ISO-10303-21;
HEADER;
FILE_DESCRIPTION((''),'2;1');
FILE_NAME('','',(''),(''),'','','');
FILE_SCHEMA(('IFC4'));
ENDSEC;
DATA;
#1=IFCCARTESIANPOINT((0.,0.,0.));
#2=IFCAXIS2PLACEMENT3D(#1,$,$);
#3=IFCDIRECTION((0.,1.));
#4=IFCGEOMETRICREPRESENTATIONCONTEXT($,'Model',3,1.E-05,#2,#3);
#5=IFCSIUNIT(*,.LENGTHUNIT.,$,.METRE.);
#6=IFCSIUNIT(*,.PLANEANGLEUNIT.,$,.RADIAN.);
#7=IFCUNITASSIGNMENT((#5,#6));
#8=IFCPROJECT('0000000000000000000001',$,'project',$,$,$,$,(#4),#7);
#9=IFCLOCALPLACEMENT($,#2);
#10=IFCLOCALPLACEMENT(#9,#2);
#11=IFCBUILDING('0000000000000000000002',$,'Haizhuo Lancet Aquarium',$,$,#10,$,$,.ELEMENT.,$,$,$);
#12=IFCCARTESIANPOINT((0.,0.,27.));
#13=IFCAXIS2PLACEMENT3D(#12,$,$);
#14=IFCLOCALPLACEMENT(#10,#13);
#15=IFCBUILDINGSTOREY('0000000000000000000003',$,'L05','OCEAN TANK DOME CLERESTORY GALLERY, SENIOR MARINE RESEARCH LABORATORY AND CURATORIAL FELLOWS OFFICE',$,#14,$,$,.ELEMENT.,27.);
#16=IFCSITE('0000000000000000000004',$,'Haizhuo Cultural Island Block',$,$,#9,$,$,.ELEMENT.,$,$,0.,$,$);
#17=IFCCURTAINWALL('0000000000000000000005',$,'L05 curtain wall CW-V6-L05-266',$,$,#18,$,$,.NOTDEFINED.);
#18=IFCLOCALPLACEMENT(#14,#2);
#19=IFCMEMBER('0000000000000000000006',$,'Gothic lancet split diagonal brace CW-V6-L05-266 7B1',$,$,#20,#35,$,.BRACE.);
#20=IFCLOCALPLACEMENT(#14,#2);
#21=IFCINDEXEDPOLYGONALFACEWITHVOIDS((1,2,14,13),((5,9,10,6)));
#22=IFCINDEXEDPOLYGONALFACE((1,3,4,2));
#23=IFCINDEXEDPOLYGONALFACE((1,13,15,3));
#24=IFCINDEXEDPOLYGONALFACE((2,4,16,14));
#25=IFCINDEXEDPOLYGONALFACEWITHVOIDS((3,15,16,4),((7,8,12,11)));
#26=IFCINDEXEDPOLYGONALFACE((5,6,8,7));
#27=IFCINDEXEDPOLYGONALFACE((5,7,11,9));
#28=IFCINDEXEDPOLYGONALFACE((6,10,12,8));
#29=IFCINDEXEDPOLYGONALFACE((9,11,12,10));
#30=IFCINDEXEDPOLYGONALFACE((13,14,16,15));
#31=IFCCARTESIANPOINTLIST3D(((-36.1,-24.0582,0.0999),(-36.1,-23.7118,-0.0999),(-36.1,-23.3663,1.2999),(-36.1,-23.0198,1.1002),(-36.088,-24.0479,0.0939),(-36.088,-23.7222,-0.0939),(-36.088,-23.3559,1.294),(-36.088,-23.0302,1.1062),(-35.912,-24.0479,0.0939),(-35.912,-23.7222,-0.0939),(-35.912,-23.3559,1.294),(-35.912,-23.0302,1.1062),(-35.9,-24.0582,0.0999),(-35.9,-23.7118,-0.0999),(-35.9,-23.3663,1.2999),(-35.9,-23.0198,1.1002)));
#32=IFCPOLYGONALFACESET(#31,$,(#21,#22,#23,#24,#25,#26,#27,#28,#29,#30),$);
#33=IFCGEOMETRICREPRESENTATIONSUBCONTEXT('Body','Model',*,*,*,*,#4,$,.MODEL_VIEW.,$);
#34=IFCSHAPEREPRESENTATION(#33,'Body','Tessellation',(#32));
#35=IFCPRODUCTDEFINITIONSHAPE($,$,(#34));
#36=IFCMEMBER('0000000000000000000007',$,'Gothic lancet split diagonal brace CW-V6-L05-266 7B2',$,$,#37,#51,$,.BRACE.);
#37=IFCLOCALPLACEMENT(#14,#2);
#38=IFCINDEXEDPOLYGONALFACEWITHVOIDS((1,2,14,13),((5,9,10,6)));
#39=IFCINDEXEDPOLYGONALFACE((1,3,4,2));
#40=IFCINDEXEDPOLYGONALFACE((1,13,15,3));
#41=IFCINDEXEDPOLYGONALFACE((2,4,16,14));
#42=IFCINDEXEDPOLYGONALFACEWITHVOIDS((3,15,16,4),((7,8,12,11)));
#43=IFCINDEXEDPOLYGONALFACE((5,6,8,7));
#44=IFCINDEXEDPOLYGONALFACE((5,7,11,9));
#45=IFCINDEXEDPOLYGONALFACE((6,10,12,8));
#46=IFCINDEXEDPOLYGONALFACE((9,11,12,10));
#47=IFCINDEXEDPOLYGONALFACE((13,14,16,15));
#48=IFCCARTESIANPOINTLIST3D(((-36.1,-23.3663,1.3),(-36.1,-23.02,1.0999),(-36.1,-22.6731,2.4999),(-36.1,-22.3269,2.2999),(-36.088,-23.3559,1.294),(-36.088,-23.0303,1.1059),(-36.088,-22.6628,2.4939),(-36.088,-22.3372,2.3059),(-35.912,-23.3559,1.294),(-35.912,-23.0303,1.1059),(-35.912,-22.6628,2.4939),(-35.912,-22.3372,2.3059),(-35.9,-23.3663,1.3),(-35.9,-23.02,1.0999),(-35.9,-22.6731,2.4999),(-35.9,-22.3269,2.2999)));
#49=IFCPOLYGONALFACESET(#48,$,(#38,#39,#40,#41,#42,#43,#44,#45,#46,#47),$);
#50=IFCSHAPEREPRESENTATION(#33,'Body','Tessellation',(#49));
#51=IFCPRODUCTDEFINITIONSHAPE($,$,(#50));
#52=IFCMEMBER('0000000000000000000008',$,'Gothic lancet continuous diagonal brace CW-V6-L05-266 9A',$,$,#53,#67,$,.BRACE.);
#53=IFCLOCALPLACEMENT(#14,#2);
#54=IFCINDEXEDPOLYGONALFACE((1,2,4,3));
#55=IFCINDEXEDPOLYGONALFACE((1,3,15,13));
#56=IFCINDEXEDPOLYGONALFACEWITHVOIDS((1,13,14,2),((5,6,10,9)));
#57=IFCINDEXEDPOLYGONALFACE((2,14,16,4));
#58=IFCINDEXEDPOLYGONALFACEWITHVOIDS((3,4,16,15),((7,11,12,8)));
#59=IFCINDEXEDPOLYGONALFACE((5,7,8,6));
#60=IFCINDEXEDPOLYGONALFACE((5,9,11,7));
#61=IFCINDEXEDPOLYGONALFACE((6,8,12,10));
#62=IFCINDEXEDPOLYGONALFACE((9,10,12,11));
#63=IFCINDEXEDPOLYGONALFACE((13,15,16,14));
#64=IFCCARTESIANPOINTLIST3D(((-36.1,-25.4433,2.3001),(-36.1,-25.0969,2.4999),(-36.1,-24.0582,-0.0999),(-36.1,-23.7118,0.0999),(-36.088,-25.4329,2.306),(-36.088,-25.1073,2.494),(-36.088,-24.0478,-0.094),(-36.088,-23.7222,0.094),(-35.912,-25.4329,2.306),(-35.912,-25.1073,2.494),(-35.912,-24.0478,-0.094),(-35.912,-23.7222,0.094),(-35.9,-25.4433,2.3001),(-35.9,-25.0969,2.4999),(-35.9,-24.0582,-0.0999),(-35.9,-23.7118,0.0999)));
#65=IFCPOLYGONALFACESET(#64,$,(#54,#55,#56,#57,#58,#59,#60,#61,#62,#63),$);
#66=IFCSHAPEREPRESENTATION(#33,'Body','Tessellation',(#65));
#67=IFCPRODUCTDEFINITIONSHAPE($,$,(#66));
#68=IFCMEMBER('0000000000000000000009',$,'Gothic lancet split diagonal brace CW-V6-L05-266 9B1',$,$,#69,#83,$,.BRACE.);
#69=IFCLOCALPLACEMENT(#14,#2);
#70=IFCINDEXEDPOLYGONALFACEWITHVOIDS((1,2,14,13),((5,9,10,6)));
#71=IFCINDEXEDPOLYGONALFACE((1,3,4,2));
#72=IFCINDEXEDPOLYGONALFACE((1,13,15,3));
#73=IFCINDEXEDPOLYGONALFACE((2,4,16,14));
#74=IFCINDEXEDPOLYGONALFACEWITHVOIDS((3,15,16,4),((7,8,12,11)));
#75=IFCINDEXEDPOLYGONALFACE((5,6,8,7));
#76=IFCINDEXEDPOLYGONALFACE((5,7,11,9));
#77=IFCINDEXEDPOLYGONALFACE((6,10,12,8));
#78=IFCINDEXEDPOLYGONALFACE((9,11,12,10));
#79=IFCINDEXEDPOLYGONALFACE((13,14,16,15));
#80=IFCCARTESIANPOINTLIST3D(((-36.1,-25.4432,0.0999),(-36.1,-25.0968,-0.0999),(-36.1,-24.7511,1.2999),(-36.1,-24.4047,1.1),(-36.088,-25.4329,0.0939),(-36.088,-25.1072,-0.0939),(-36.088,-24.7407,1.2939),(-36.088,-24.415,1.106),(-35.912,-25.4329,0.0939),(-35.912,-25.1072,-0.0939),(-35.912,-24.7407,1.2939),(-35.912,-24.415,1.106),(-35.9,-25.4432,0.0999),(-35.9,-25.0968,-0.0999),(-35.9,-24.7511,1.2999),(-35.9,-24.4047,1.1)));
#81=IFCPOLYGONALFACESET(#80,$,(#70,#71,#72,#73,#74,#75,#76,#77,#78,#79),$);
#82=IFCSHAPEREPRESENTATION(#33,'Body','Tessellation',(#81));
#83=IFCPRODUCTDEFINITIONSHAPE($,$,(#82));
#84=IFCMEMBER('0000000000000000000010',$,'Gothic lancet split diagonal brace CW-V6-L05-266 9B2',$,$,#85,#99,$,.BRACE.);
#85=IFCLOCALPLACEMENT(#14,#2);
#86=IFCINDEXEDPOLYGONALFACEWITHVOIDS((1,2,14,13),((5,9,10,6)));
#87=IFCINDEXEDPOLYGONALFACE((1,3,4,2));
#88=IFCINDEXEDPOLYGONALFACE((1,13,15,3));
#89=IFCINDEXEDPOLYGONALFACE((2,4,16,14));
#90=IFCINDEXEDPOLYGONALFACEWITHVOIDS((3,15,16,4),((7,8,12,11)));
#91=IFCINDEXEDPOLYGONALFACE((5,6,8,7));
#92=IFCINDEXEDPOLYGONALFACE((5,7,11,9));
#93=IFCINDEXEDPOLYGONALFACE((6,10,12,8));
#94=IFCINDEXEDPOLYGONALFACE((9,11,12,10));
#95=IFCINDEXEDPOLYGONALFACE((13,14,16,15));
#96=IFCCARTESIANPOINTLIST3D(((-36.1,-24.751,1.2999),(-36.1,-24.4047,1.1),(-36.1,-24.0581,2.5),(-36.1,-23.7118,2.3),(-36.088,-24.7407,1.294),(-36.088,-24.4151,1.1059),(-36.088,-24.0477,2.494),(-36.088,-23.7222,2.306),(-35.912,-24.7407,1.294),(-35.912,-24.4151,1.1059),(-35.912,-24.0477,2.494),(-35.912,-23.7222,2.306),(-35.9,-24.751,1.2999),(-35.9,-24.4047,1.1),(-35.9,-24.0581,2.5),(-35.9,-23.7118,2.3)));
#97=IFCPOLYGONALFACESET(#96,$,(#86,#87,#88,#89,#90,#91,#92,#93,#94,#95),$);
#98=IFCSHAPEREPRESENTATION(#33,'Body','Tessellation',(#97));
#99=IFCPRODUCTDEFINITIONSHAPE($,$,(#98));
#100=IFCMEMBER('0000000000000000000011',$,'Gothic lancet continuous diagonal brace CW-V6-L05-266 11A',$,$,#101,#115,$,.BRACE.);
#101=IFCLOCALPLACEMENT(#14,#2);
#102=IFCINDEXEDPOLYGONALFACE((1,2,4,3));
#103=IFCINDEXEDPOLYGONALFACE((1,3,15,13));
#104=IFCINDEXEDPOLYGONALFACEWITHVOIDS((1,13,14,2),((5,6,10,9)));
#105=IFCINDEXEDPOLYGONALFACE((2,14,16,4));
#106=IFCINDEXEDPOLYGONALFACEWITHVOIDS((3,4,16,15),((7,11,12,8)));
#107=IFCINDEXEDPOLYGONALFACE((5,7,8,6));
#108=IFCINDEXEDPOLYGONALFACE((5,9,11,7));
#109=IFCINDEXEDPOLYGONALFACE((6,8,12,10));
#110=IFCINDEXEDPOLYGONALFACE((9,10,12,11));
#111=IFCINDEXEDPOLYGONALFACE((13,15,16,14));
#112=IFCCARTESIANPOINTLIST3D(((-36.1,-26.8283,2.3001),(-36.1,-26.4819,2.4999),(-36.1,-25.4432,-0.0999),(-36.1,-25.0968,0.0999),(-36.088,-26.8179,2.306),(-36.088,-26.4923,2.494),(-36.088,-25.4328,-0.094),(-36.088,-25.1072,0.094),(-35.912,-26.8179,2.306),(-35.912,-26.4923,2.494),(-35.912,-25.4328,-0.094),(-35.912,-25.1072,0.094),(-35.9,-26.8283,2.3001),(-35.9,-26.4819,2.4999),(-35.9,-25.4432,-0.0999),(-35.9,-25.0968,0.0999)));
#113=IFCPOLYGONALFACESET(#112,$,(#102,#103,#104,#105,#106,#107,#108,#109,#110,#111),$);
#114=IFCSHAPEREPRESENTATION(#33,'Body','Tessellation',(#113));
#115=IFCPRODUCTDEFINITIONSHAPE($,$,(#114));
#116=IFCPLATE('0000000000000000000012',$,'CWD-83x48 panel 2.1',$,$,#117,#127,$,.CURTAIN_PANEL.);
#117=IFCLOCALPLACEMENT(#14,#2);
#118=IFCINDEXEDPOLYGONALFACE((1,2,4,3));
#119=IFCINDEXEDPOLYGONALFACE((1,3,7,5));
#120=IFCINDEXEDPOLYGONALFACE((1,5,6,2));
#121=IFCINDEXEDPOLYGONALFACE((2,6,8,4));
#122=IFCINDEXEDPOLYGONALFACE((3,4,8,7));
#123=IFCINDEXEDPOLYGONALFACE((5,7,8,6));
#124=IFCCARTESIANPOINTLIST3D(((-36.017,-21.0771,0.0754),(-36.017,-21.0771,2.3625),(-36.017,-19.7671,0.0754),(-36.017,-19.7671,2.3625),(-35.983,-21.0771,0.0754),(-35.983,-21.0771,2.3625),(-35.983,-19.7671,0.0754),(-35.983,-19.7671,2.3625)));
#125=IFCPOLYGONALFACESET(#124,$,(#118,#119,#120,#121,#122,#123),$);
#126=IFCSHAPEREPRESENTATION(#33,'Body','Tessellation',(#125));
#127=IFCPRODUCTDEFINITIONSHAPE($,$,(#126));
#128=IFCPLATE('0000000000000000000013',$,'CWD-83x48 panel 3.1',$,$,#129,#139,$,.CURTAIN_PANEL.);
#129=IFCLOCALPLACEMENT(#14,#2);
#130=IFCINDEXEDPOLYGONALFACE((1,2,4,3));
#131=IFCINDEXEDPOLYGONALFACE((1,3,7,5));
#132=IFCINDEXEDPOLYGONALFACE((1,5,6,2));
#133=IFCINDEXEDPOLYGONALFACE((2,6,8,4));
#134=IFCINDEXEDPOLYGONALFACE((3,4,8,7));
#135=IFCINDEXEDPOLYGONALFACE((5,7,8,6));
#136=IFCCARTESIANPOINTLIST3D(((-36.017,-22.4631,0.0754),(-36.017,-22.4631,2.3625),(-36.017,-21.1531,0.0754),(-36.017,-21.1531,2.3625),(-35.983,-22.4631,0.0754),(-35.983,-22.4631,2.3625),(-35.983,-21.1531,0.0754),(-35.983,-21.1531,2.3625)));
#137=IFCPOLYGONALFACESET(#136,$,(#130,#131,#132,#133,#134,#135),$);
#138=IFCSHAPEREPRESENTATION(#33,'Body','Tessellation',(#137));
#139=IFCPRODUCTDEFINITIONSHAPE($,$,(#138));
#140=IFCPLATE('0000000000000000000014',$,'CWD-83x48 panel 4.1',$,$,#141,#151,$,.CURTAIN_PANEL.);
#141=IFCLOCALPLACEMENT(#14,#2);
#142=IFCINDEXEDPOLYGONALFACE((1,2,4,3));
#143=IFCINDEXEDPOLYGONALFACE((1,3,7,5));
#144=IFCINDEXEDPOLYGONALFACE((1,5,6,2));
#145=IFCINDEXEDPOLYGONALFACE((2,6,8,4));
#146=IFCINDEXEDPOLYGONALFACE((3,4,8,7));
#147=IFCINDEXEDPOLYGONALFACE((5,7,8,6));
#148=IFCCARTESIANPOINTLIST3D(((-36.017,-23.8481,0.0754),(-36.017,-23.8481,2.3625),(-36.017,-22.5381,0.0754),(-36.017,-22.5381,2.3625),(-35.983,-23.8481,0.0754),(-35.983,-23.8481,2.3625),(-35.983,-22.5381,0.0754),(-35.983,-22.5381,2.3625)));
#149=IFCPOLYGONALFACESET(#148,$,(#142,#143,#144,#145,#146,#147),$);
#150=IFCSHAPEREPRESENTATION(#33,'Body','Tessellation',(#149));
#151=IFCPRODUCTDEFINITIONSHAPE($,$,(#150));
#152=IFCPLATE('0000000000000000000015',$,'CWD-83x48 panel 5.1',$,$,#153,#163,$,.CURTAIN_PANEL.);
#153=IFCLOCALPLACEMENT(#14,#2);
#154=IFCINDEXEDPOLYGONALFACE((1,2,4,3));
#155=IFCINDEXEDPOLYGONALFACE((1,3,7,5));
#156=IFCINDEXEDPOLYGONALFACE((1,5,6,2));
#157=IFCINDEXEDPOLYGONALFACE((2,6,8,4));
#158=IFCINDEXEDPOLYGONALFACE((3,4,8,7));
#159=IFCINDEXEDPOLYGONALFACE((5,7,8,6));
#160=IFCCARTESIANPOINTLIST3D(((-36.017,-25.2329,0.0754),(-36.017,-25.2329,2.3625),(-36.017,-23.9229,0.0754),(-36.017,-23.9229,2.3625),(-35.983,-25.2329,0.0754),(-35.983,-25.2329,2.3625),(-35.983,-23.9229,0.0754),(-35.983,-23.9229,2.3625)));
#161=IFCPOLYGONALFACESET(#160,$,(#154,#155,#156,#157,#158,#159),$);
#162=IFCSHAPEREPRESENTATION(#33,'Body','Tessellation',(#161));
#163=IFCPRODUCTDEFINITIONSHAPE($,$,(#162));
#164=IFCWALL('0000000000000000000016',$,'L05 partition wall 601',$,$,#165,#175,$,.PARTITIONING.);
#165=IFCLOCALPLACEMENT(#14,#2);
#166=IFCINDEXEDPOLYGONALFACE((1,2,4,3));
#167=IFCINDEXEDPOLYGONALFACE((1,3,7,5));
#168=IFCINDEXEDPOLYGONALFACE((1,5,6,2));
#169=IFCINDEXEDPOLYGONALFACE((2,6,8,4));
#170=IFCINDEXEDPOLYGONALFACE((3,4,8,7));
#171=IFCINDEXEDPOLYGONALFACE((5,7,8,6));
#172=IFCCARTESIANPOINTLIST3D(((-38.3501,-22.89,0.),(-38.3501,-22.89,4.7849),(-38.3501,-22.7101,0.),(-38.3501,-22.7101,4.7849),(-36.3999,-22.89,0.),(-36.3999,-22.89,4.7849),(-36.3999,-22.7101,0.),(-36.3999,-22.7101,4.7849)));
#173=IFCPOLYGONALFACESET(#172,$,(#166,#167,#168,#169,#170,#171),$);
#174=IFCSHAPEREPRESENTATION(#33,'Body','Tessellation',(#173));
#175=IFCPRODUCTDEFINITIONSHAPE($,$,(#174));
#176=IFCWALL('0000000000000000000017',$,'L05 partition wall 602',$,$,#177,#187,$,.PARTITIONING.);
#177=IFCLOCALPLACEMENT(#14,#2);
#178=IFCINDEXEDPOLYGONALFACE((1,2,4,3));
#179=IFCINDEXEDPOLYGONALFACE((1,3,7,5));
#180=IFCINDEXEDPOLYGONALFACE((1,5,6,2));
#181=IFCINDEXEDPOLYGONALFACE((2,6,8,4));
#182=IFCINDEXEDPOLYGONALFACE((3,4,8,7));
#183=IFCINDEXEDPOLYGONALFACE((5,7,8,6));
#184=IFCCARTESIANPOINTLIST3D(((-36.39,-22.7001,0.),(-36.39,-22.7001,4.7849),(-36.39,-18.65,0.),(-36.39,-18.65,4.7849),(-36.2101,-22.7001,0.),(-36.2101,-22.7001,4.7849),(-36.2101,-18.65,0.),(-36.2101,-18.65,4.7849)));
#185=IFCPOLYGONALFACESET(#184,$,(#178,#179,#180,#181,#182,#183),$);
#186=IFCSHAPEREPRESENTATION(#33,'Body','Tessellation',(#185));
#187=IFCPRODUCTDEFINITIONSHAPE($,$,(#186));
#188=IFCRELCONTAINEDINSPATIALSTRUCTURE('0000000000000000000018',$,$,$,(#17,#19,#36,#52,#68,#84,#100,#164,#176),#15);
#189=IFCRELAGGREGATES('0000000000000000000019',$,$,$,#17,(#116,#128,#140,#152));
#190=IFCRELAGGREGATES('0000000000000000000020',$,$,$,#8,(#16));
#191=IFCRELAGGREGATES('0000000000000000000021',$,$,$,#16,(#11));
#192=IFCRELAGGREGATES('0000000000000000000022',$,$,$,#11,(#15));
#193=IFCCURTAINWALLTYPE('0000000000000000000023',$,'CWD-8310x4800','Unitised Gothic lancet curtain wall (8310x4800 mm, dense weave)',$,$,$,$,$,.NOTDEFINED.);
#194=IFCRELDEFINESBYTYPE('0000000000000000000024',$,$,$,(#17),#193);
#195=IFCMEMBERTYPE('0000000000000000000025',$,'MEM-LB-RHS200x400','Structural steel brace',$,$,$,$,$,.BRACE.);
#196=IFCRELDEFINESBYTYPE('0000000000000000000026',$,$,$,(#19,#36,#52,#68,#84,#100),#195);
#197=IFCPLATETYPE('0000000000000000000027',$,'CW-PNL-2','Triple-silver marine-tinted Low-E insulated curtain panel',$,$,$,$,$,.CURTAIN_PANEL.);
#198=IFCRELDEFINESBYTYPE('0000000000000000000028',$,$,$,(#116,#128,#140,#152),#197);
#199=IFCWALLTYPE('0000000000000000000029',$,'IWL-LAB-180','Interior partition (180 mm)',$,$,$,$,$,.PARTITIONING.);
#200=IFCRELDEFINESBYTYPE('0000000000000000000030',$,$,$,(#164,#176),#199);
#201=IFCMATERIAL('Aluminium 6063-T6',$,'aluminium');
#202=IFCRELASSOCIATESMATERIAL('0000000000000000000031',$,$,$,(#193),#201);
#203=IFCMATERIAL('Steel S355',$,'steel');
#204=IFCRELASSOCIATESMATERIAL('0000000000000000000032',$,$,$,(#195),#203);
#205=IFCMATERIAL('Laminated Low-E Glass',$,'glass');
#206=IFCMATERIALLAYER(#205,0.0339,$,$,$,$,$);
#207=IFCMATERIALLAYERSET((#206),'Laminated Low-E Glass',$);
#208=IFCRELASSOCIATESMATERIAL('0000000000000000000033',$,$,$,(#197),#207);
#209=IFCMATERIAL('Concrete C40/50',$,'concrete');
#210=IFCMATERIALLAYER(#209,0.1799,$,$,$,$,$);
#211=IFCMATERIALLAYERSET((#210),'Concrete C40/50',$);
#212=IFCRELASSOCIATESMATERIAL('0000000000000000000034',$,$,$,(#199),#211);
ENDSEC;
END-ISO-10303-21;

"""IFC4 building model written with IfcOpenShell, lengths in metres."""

from ifc_helpers import new_model, si_unit, direction, frame, frame_2d, origin, origin_2d, place, context, subcontext, project, spatial, rectangle, hollow_rectangle, extrude, material, layer, layer_set, material_profile, profile_set, type_object, element, aggregate, save


model = new_model("IFC4")

# Units and contexts
model_context = context("Model", 3, precision=1e-05, world=origin(), true_north=direction((0.0, 1.0)))
body_context = subcontext(model_context, "Body", "Model", "MODEL_VIEW")
ifc_project = project(units=[si_unit("LENGTHUNIT", "METRE"), si_unit("PLANEANGLEUNIT", "RADIAN")], contexts=[model_context])

# Site, building, storey
site_placement = place(None, origin())
site = spatial("IfcSite", under=ifc_project, at=site_placement, Name="Haizhuo Cultural Island Block", CompositionType="ELEMENT", RefElevation=0.0)
building_placement = place(site_placement, origin())
building = spatial("IfcBuilding", under=site, at=building_placement, Name="Haizhuo Lancet Aquarium", CompositionType="ELEMENT")
storey_placement = place(building_placement, frame((0.0, 0.0, 27.0)))
storey = spatial("IfcBuildingStorey", under=building, at=storey_placement, Name="L05", Description="OCEAN TANK DOME CLERESTORY GALLERY, SENIOR MARINE RESEARCH LABORATORY AND CURATORIAL FELLOWS OFFICE", CompositionType="ELEMENT", Elevation=27.0)

# Curtain wall
ifc_material_1 = material(Name="Aluminium 6063-T6", Category="aluminium")
curtain_wall_type = type_object("IfcCurtainWallType", Name="CWD-8310x4800", Description="Unitised Gothic lancet curtain wall (8310x4800 mm, dense weave)", PredefinedType="NOTDEFINED", material=ifc_material_1)
curtain_wall_placement = place(storey_placement, origin())
curtain_wall = element("IfcCurtainWall", 1, at=curtain_wall_placement, inside=storey, type_object=curtain_wall_type, Name="L05 curtain wall CW-V6-L05-266", PredefinedType="NOTDEFINED")

# Members
ifc_material_2 = material(Name="Steel S355", Category="steel")
ifc_material_profile_1 = material_profile(ifc_material_2, hollow_rectangle(XDim=0.2, YDim=0.3999, WallThickness=0.012, at=origin_2d()), Name="RHS 200x400x12")
ifc_profile_set_1 = profile_set([ifc_material_profile_1], Name="Steel S355")
member_type_1 = type_object("IfcMemberType", Name="MEM-LB-RHS200x400", Description="Structural steel brace", PredefinedType="BRACE", material=ifc_profile_set_1)
member_1_placement = place(storey_placement, frame((-36.0, -23.885, 0.0), z_axis=(0.0, 0.499514, 0.866306), x_axis=(-1.0, 0.0, 0.0)))
element("IfcMember", 2, at=member_1_placement, inside=storey, type_object=member_type_1, Name="Gothic lancet split diagonal brace CW-V6-L05-266 7B1", PredefinedType="BRACE", context=body_context, shape_type="SweptSolid", body=[
    extrude(hollow_rectangle(XDim=0.2, YDim=0.3999, WallThickness=0.012, at=origin_2d()), origin(), (0.0, 0.0, 1.0), 1.3853),
])
member_2_placement = place(storey_placement, frame((-36.0, -23.1931, 1.2), z_axis=(0.0, 0.500175, 0.865924), x_axis=(-1.0, 0.0, 0.0)))
element("IfcMember", 3, at=member_2_placement, inside=storey, type_object=member_type_1, Name="Gothic lancet split diagonal brace CW-V6-L05-266 7B2", PredefinedType="BRACE", context=body_context, shape_type="SweptSolid", body=[
    extrude(hollow_rectangle(XDim=0.2, YDim=0.3999, WallThickness=0.012, at=origin_2d()), origin(), (0.0, 0.0, 1.0), 1.3857),
])
member_3_placement = place(storey_placement, frame((-36.0, -23.885, 0.0), z_axis=(0.0, -0.499844, 0.866115), x_axis=(1.0, 0.0, 0.0)))
element("IfcMember", 4, at=member_3_placement, inside=storey, type_object=member_type_1, Name="Gothic lancet continuous diagonal brace CW-V6-L05-266 9A", PredefinedType="BRACE", context=body_context, shape_type="SweptSolid", body=[
    extrude(hollow_rectangle(XDim=0.2, YDim=0.3999, WallThickness=0.012, at=origin_2d()), origin(), (0.0, 0.0, 1.0), 2.771),
])
member_4_placement = place(storey_placement, frame((-36.0, -25.27, 0.0), z_axis=(0.0, 0.499646, 0.86623), x_axis=(-1.0, 0.0, 0.0)))
element("IfcMember", 5, at=member_4_placement, inside=storey, type_object=member_type_1, Name="Gothic lancet split diagonal brace CW-V6-L05-266 9B1", PredefinedType="BRACE", context=body_context, shape_type="SweptSolid", body=[
    extrude(hollow_rectangle(XDim=0.2, YDim=0.3999, WallThickness=0.012, at=origin_2d()), origin(), (0.0, 0.0, 1.0), 1.3853),
])
member_5_placement = place(storey_placement, frame((-36.0, -24.5779, 1.2), z_axis=(0.0, 0.500043, 0.866001), x_axis=(-1.0, 0.0, 0.0)))
element("IfcMember", 6, at=member_5_placement, inside=storey, type_object=member_type_1, Name="Gothic lancet split diagonal brace CW-V6-L05-266 9B2", PredefinedType="BRACE", context=body_context, shape_type="SweptSolid", body=[
    extrude(hollow_rectangle(XDim=0.2, YDim=0.3999, WallThickness=0.012, at=origin_2d()), origin(), (0.0, 0.0, 1.0), 1.3857),
])
member_6_placement = place(storey_placement, frame((-36.0, -25.27, 0.0), z_axis=(0.0, -0.499844, 0.866115), x_axis=(1.0, 0.0, 0.0)))
element("IfcMember", 7, at=member_6_placement, inside=storey, type_object=member_type_1, Name="Gothic lancet continuous diagonal brace CW-V6-L05-266 11A", PredefinedType="BRACE", context=body_context, shape_type="SweptSolid", body=[
    extrude(hollow_rectangle(XDim=0.2, YDim=0.3999, WallThickness=0.012, at=origin_2d()), origin(), (0.0, 0.0, 1.0), 2.771),
])

# Plates
ifc_material_3 = material(Name="Laminated Low-E Glass", Category="glass")
ifc_layer_1 = layer(ifc_material_3, 0.0339)
ifc_layer_set_1 = layer_set([ifc_layer_1], Name="Laminated Low-E Glass")
plate_type = type_object("IfcPlateType", Name="CW-PNL-2", Description="Triple-silver marine-tinted Low-E insulated curtain panel", PredefinedType="CURTAIN_PANEL", material=ifc_layer_set_1)
plate_1_placement = place(storey_placement, frame((-36.0, -20.4221, 0.0754), z_axis=(0.0, 0.0, 1.0), x_axis=(0.0, -1.0, 0.0)))
plate_1 = element("IfcPlate", 8, at=plate_1_placement, type_object=plate_type, Name="CWD-83x48 panel 2.1", PredefinedType="CURTAIN_PANEL", context=body_context, shape_type="SweptSolid", body=[
    extrude(rectangle(XDim=1.3101, YDim=0.0339, at=origin_2d()), origin(), (0.0, 0.0, 1.0), 2.2871),
])
plate_2_placement = place(storey_placement, frame((-36.0, -21.8081, 0.0754), z_axis=(0.0, 0.0, 1.0), x_axis=(0.0, -1.0, 0.0)))
plate_2 = element("IfcPlate", 9, at=plate_2_placement, type_object=plate_type, Name="CWD-83x48 panel 3.1", PredefinedType="CURTAIN_PANEL", context=body_context, shape_type="SweptSolid", body=[
    extrude(rectangle(XDim=1.3101, YDim=0.0339, at=origin_2d()), origin(), (0.0, 0.0, 1.0), 2.2871),
])
plate_3_placement = place(storey_placement, frame((-36.0, -23.1931, 0.0754), z_axis=(0.0, 0.0, 1.0), x_axis=(0.0, -1.0, 0.0)))
plate_3 = element("IfcPlate", 10, at=plate_3_placement, type_object=plate_type, Name="CWD-83x48 panel 4.1", PredefinedType="CURTAIN_PANEL", context=body_context, shape_type="SweptSolid", body=[
    extrude(rectangle(XDim=1.3101, YDim=0.0339, at=origin_2d()), origin(), (0.0, 0.0, 1.0), 2.2871),
])
plate_4_placement = place(storey_placement, frame((-36.0, -24.5779, 0.0754), z_axis=(0.0, 0.0, 1.0), x_axis=(0.0, -1.0, 0.0)))
plate_4 = element("IfcPlate", 11, at=plate_4_placement, type_object=plate_type, Name="CWD-83x48 panel 5.1", PredefinedType="CURTAIN_PANEL", context=body_context, shape_type="SweptSolid", body=[
    extrude(rectangle(XDim=1.3101, YDim=0.0339, at=origin_2d()), origin(), (0.0, 0.0, 1.0), 2.2871),
])
aggregate(curtain_wall, [plate_1, plate_2, plate_3, plate_4])

# Walls
ifc_material_4 = material(Name="Concrete C40/50", Category="concrete")
ifc_layer_2 = layer(ifc_material_4, 0.1799)
ifc_layer_set_2 = layer_set([ifc_layer_2], Name="Concrete C40/50")
wall_type_1 = type_object("IfcWallType", Name="IWL-LAB-180", Description="Interior partition (180 mm)", PredefinedType="PARTITIONING", material=ifc_layer_set_2)
wall_1_placement = place(storey_placement, frame((-38.3501, -22.8, 0.0), z_axis=(0.0, 0.0, 1.0), x_axis=(1.0, 0.0, 0.0)))
element("IfcWall", 12, at=wall_1_placement, inside=storey, type_object=wall_type_1, Name="L05 partition wall 601", PredefinedType="PARTITIONING", context=body_context, shape_type="SweptSolid", body=[
    extrude(rectangle(XDim=1.9502, YDim=0.1799, at=frame_2d((0.9751, 0.0))), origin(), (0.0, 0.0, 1.0), 4.7849),
])
wall_2_placement = place(storey_placement, frame((-36.3, -22.7, 0.0), z_axis=(0.0, 0.0, 1.0), x_axis=(0.0, 1.0, 0.0)))
element("IfcWall", 13, at=wall_2_placement, inside=storey, type_object=wall_type_1, Name="L05 partition wall 602", PredefinedType="PARTITIONING", context=body_context, shape_type="SweptSolid", body=[
    extrude(rectangle(XDim=4.05, YDim=0.1799, at=frame_2d((2.0249, 0.0))), origin(), (0.0, 0.0, 1.0), 4.7849),
])

save(model, "model.ifc")
